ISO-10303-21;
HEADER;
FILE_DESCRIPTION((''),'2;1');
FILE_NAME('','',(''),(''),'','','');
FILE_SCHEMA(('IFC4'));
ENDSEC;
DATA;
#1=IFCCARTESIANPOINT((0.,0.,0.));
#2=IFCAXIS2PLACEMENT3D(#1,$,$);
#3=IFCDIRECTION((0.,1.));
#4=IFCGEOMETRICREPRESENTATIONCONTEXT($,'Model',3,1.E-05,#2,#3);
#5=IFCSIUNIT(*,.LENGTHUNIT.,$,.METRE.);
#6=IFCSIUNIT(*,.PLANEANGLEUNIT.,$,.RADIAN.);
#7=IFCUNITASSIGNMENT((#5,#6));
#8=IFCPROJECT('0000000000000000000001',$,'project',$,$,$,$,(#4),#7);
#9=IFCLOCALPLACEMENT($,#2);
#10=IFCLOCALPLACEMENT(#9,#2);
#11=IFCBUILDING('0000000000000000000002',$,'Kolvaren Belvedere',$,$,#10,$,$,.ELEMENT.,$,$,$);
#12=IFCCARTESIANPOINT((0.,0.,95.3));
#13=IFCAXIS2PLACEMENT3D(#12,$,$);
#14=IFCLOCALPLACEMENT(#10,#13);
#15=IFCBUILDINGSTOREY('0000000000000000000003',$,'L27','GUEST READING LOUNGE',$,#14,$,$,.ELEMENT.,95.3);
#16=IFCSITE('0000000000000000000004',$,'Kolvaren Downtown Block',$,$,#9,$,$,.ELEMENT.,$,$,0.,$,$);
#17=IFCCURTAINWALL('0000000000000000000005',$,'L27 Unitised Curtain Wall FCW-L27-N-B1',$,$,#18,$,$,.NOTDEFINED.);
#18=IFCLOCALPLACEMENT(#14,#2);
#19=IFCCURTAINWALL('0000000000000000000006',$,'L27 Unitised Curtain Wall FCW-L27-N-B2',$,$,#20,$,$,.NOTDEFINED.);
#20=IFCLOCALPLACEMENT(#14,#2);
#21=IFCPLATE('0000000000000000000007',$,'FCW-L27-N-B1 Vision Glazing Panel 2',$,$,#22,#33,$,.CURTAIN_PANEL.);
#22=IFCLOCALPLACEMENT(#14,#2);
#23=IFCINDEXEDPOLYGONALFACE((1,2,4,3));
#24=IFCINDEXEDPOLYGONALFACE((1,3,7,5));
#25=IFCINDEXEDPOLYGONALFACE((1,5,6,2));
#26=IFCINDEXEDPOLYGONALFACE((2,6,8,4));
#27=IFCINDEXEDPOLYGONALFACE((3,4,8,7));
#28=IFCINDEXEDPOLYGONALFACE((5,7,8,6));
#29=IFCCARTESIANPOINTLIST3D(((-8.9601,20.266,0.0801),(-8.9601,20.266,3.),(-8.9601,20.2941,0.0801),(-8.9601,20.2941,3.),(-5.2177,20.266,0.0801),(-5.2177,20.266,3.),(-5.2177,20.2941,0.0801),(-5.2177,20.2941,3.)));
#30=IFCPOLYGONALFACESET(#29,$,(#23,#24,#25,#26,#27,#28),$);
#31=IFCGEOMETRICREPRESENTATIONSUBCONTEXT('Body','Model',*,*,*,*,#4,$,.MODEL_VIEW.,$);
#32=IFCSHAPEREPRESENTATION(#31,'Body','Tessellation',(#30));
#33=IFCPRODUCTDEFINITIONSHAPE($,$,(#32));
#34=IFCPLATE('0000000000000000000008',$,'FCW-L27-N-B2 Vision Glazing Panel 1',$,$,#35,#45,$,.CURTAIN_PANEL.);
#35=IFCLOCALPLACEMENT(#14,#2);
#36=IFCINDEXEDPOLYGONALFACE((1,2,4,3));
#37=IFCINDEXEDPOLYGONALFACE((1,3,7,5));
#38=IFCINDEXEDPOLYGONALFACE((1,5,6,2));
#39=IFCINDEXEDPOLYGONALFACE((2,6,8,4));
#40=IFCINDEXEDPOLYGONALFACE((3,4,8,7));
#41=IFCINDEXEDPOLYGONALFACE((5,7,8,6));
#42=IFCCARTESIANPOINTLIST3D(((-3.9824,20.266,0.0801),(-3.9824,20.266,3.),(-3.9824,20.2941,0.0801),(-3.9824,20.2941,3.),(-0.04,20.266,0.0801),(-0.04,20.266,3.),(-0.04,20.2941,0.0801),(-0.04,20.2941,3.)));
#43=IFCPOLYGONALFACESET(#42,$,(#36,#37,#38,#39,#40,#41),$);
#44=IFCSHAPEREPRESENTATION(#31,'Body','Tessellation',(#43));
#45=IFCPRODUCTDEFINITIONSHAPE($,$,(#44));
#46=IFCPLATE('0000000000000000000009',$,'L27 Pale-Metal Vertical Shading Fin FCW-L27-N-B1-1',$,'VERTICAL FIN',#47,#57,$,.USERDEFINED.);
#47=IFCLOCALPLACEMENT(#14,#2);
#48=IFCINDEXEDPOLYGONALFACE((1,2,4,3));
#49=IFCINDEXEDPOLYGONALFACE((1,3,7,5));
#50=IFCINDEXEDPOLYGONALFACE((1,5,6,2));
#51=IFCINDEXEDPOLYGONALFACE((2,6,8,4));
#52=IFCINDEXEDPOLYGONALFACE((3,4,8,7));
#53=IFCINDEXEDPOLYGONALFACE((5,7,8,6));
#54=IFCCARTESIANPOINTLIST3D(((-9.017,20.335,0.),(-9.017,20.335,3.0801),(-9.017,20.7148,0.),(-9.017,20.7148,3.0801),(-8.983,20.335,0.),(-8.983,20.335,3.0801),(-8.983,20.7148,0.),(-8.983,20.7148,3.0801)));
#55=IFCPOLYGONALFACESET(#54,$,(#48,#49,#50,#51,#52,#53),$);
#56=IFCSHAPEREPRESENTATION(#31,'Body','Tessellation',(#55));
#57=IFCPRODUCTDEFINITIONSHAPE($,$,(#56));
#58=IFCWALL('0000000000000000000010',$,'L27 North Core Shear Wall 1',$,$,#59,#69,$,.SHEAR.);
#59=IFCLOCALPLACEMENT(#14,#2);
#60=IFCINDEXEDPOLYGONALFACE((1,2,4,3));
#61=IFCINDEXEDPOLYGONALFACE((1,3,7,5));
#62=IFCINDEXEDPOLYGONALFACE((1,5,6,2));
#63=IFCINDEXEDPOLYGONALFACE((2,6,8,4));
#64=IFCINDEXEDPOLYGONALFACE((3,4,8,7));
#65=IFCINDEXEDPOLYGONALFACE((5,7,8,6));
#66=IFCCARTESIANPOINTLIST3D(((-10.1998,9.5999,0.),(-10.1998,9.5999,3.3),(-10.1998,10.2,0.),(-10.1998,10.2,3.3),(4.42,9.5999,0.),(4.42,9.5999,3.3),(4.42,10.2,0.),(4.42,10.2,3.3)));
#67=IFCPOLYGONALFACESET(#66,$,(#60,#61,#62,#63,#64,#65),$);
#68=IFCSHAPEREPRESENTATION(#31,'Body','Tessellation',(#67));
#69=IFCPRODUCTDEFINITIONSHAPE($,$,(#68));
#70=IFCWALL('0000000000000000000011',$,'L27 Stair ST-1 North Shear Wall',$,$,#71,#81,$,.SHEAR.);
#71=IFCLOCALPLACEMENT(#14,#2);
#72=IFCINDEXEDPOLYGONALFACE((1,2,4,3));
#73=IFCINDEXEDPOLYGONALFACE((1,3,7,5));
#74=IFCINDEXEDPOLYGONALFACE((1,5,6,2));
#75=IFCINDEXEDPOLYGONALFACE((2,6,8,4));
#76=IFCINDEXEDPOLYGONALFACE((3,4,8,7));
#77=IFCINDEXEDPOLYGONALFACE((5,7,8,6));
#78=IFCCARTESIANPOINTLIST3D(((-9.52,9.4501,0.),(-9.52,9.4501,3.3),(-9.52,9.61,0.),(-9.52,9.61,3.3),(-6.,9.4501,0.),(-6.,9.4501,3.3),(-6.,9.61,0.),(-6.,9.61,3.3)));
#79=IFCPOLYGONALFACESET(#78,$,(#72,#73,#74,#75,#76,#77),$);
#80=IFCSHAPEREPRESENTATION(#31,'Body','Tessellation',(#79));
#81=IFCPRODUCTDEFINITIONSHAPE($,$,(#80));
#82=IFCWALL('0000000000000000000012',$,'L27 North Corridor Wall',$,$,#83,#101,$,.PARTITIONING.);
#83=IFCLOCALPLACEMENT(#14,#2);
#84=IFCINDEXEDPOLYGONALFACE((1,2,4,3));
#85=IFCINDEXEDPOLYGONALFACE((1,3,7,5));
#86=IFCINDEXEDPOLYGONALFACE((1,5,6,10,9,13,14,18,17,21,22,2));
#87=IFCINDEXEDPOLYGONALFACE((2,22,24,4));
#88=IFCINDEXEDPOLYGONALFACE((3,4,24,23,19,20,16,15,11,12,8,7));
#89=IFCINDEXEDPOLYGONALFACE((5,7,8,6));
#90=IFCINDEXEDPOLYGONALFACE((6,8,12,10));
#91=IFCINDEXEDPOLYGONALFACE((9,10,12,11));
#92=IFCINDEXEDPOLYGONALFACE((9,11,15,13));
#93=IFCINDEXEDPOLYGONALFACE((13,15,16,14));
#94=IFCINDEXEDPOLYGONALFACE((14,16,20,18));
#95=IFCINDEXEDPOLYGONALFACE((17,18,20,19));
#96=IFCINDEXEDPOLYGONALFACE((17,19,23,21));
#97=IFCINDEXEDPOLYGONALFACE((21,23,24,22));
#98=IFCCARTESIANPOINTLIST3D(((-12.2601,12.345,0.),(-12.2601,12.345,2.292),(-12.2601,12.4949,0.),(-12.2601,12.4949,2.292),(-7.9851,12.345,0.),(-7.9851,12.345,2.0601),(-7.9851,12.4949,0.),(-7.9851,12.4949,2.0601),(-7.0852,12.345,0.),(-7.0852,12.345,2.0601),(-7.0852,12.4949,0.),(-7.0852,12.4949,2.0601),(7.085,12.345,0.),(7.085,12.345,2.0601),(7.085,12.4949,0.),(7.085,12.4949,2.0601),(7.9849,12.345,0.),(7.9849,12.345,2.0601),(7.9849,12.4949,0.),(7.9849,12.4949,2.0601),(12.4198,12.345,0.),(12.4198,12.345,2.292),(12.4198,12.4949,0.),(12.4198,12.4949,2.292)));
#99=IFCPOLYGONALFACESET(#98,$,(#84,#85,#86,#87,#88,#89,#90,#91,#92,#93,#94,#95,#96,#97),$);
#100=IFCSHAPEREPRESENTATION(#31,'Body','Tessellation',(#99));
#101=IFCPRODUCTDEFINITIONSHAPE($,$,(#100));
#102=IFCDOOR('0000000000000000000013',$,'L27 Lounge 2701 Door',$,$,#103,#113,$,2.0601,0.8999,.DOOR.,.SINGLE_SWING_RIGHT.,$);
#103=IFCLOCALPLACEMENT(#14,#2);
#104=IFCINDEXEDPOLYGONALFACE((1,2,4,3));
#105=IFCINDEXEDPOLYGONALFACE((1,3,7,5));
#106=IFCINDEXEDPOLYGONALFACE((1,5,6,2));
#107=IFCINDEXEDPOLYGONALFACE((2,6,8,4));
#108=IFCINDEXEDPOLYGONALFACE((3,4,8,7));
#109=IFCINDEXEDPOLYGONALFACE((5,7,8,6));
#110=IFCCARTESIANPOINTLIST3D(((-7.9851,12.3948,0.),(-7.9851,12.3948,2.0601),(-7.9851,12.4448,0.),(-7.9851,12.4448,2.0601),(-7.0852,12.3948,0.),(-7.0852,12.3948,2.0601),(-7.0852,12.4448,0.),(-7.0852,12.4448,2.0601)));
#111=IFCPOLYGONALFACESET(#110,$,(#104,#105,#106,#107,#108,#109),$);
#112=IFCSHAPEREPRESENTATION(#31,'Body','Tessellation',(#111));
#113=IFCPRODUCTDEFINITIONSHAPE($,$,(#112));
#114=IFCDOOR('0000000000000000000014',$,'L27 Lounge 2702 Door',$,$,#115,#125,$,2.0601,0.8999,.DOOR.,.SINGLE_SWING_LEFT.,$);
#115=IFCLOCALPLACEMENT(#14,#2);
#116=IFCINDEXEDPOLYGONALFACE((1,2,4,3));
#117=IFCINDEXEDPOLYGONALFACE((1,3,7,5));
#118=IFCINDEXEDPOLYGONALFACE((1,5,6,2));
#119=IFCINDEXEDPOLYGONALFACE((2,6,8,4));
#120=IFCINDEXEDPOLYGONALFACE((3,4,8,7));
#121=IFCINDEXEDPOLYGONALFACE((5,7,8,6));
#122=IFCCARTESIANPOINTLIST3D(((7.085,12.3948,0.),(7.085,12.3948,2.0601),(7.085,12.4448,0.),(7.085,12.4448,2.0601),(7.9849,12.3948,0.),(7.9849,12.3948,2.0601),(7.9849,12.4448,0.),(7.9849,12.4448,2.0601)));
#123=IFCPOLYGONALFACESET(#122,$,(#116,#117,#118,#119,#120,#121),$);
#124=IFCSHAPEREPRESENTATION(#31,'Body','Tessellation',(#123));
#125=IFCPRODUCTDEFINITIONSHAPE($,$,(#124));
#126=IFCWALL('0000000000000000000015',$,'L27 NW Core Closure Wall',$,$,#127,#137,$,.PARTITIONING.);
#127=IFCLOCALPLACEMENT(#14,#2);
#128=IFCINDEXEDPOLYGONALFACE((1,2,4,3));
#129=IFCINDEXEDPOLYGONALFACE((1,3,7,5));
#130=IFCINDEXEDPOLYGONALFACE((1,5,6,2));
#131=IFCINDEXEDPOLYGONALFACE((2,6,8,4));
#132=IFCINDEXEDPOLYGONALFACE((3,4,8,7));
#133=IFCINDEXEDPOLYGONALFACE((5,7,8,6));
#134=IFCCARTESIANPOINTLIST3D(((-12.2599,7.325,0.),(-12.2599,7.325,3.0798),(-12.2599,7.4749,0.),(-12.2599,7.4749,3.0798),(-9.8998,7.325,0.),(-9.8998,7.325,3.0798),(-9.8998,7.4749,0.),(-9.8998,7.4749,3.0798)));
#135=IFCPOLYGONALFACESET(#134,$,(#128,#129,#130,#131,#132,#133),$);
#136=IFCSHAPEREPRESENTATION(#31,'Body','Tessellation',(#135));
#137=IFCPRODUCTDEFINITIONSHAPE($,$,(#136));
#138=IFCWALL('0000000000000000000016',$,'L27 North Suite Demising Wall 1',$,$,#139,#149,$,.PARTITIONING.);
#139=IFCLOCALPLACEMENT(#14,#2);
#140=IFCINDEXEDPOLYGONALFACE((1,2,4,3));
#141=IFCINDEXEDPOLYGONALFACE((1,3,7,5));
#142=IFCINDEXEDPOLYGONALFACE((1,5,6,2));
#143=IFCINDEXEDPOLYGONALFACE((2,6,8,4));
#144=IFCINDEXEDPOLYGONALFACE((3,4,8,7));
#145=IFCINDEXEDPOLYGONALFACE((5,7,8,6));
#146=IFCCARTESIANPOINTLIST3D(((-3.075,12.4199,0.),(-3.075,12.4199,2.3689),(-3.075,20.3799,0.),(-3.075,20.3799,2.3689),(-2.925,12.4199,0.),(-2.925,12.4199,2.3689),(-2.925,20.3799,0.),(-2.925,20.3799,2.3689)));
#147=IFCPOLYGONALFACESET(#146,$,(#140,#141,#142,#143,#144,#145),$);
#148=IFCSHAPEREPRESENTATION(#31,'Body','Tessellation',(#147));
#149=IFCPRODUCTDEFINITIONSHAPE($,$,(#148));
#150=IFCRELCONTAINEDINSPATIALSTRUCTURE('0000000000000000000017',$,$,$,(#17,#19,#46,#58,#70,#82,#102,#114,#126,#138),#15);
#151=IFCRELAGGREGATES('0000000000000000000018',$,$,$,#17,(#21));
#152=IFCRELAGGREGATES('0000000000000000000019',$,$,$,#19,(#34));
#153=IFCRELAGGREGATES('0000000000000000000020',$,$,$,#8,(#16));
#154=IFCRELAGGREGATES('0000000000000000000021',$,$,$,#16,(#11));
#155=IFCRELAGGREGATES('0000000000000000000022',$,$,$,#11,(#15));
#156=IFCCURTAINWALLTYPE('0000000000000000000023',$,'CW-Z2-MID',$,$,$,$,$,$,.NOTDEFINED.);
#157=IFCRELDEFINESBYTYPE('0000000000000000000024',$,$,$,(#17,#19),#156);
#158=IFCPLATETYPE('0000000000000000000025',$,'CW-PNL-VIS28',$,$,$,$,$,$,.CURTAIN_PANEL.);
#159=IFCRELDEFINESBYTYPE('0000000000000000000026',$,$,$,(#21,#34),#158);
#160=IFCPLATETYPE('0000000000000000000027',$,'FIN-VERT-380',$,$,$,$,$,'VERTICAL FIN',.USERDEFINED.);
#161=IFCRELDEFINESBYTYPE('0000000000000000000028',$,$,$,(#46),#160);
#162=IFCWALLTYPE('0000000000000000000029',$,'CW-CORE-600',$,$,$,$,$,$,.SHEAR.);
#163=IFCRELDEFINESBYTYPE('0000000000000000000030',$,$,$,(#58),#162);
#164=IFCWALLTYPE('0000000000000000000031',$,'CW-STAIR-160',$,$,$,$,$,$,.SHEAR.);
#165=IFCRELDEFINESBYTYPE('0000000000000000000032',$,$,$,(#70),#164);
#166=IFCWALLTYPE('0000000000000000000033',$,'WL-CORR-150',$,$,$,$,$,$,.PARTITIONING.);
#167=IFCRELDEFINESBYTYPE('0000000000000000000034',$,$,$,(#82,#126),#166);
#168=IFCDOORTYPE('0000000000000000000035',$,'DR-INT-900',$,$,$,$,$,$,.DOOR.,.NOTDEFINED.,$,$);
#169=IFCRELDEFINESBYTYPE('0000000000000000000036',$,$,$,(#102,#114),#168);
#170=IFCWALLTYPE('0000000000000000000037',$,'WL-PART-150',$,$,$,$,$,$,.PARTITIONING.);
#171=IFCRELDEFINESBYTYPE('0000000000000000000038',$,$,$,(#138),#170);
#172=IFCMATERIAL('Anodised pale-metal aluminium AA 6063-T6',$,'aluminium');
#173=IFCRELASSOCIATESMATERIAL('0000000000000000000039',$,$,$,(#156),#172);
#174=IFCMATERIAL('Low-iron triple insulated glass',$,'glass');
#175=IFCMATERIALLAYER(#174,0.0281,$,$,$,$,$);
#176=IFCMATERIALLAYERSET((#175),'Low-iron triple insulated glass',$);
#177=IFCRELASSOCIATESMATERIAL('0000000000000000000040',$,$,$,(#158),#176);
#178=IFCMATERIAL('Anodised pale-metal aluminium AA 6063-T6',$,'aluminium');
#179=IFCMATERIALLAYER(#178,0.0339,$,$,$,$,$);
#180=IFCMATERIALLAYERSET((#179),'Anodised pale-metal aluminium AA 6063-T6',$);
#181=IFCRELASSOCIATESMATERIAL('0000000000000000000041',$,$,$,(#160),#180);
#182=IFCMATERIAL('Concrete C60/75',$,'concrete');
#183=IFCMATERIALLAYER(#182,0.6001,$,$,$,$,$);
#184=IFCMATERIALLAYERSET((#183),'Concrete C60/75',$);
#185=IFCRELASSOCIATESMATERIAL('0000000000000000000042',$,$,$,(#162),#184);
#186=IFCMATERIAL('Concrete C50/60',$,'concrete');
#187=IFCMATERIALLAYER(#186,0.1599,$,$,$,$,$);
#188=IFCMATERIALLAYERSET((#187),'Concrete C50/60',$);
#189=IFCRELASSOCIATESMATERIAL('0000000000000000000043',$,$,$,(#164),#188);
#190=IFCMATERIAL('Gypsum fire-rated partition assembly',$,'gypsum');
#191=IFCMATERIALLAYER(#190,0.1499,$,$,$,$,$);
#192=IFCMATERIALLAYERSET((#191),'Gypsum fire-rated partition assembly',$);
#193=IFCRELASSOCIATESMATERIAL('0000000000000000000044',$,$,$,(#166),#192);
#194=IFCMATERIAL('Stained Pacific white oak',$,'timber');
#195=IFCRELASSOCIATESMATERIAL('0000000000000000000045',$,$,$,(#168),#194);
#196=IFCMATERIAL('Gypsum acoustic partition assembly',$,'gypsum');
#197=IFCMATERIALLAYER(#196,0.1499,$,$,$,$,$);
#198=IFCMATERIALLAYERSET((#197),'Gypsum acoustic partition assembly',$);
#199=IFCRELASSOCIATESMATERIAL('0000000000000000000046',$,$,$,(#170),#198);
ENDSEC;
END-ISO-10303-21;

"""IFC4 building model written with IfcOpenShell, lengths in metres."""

from ifc_helpers import new_model, si_unit, direction, frame, frame_2d, origin, origin_2d, place, context, subcontext, project, spatial, rectangle, extrude, material, layer, layer_set, type_object, element, fill, aggregate, save


model = new_model("IFC4")

# Units and contexts
model_context = context("Model", 3, precision=1e-05, world=origin(), true_north=direction((0.0, 1.0)))
body_context = subcontext(model_context, "Body", "Model", "MODEL_VIEW")
ifc_project = project(units=[si_unit("LENGTHUNIT", "METRE"), si_unit("PLANEANGLEUNIT", "RADIAN")], contexts=[model_context])

# Site, building, storey
site_placement = place(None, origin())
site = spatial("IfcSite", under=ifc_project, at=site_placement, Name="Kolvaren Downtown Block", CompositionType="ELEMENT", RefElevation=0.0)
building_placement = place(site_placement, origin())
building = spatial("IfcBuilding", under=site, at=building_placement, Name="Kolvaren Belvedere", CompositionType="ELEMENT")
storey_placement = place(building_placement, frame((0.0, 0.0, 95.3)))
storey = spatial("IfcBuildingStorey", under=building, at=storey_placement, Name="L27", Description="GUEST READING LOUNGE", CompositionType="ELEMENT", Elevation=95.3)

# Curtain wall
ifc_material_1 = material(Name="Anodised pale-metal aluminium AA 6063-T6", Category="aluminium")
curtain_wall_type = type_object("IfcCurtainWallType", Name="CW-Z2-MID", PredefinedType="NOTDEFINED", material=ifc_material_1)
curtain_wall_1_placement = place(storey_placement, origin())
curtain_wall_1 = element("IfcCurtainWall", 1, at=curtain_wall_1_placement, inside=storey, type_object=curtain_wall_type, Name="L27 Unitised Curtain Wall FCW-L27-N-B1", PredefinedType="NOTDEFINED")

# Curtain wall
curtain_wall_2_placement = place(storey_placement, origin())
curtain_wall_2 = element("IfcCurtainWall", 2, at=curtain_wall_2_placement, inside=storey, type_object=curtain_wall_type, Name="L27 Unitised Curtain Wall FCW-L27-N-B2", PredefinedType="NOTDEFINED")

# Plates
ifc_material_2 = material(Name="Low-iron triple insulated glass", Category="glass")
ifc_layer_1 = layer(ifc_material_2, 0.0281)
ifc_layer_set_1 = layer_set([ifc_layer_1], Name="Low-iron triple insulated glass")
plate_type_1 = type_object("IfcPlateType", Name="CW-PNL-VIS28", PredefinedType="CURTAIN_PANEL", material=ifc_layer_set_1)
plate_1_placement = place(storey_placement, frame((-7.0889, 20.28, 0.0801), z_axis=(0.0, 0.0, 1.0), x_axis=(1.0, 0.0, 0.0)))
plate_1 = element("IfcPlate", 3, at=plate_1_placement, type_object=plate_type_1, Name="FCW-L27-N-B1 Vision Glazing Panel 2", PredefinedType="CURTAIN_PANEL", context=body_context, shape_type="SweptSolid", body=[
    extrude(rectangle(XDim=3.7424, YDim=0.0281, at=origin_2d()), origin(), (0.0, 0.0, 1.0), 2.9199),
])
aggregate(curtain_wall_1, [plate_1])
plate_2_placement = place(storey_placement, frame((-2.0112, 20.28, 0.0801), z_axis=(0.0, 0.0, 1.0), x_axis=(1.0, 0.0, 0.0)))
plate_2 = element("IfcPlate", 4, at=plate_2_placement, type_object=plate_type_1, Name="FCW-L27-N-B2 Vision Glazing Panel 1", PredefinedType="CURTAIN_PANEL", context=body_context, shape_type="SweptSolid", body=[
    extrude(rectangle(XDim=3.9424, YDim=0.0281, at=origin_2d()), origin(), (0.0, 0.0, 1.0), 2.9199),
])
aggregate(curtain_wall_2, [plate_2])
ifc_material_3 = material(Name="Anodised pale-metal aluminium AA 6063-T6", Category="aluminium")
ifc_layer_2 = layer(ifc_material_3, 0.0339)
ifc_layer_set_2 = layer_set([ifc_layer_2], Name="Anodised pale-metal aluminium AA 6063-T6")
plate_type_2 = type_object("IfcPlateType", Name="FIN-VERT-380", ElementType="VERTICAL FIN", PredefinedType="USERDEFINED", material=ifc_layer_set_2)
plate_3_placement = place(storey_placement, frame((-9.0, 20.5249, 0.0), z_axis=(0.0, 0.0, 1.0), x_axis=(0.0, 1.0, 0.0)))
element("IfcPlate", 5, at=plate_3_placement, inside=storey, type_object=plate_type_2, Name="L27 Pale-Metal Vertical Shading Fin FCW-L27-N-B1-1", ObjectType="VERTICAL FIN", PredefinedType="USERDEFINED", context=body_context, shape_type="SweptSolid", body=[
    extrude(rectangle(XDim=0.3799, YDim=0.0339, at=origin_2d()), origin(), (0.0, 0.0, 1.0), 3.0801),
])

# Walls
ifc_material_4 = material(Name="Concrete C60/75", Category="concrete")
ifc_layer_3 = layer(ifc_material_4, 0.6001)
ifc_layer_set_3 = layer_set([ifc_layer_3], Name="Concrete C60/75")
wall_type_1 = type_object("IfcWallType", Name="CW-CORE-600", PredefinedType="SHEAR", material=ifc_layer_set_3)
wall_1_placement = place(storey_placement, frame((-10.2, 9.8999, 0.0), z_axis=(0.0, 0.0, 1.0), x_axis=(1.0, 0.0, 0.0)))
element("IfcWall", 6, at=wall_1_placement, inside=storey, type_object=wall_type_1, Name="L27 North Core Shear Wall 1", PredefinedType="SHEAR", context=body_context, shape_type="SweptSolid", body=[
    extrude(rectangle(XDim=14.6199, YDim=0.6001, at=frame_2d((7.3101, 0.0))), origin(), (0.0, 0.0, 1.0), 3.3),
])
ifc_material_5 = material(Name="Concrete C50/60", Category="concrete")
ifc_layer_4 = layer(ifc_material_5, 0.1599)
ifc_layer_set_4 = layer_set([ifc_layer_4], Name="Concrete C50/60")
wall_type_2 = type_object("IfcWallType", Name="CW-STAIR-160", PredefinedType="SHEAR", material=ifc_layer_set_4)
wall_2_placement = place(storey_placement, frame((-9.52, 9.53, 0.0), z_axis=(0.0, 0.0, 1.0), x_axis=(1.0, 0.0, 0.0)))
element("IfcWall", 7, at=wall_2_placement, inside=storey, type_object=wall_type_2, Name="L27 Stair ST-1 North Shear Wall", PredefinedType="SHEAR", context=body_context, shape_type="SweptSolid", body=[
    extrude(rectangle(XDim=3.52, YDim=0.1599, at=frame_2d((1.76, 0.0))), origin(), (0.0, 0.0, 1.0), 3.3),
])

# Wall, openings, doors
ifc_material_6 = material(Name="Gypsum fire-rated partition assembly", Category="gypsum")
ifc_layer_5 = layer(ifc_material_6, 0.1499)
ifc_layer_set_5 = layer_set([ifc_layer_5], Name="Gypsum fire-rated partition assembly")
wall_type_3 = type_object("IfcWallType", Name="WL-CORR-150", PredefinedType="PARTITIONING", material=ifc_layer_set_5)
wall_3_placement = place(storey_placement, frame((-12.26, 12.4199, 0.0), z_axis=(0.0, 0.0, 1.0), x_axis=(1.0, 0.0, 0.0)))
wall_3 = element("IfcWall", 8, at=wall_3_placement, inside=storey, type_object=wall_type_3, Name="L27 North Corridor Wall", PredefinedType="PARTITIONING", context=body_context, shape_type="SweptSolid", body=[
    extrude(rectangle(XDim=24.6799, YDim=0.1499, at=frame_2d((12.3398, 0.0))), origin(), (0.0, 0.0, 1.0), 2.292),
])
opening_1_placement = place(wall_3_placement, frame((4.2749, 0.0, 0.0)))
opening_1 = element("IfcOpeningElement", 9, at=opening_1_placement, cuts=wall_3, PredefinedType="OPENING", context=body_context, shape_type="SweptSolid", body=[
    extrude(rectangle(XDim=0.8999, YDim=2.0601, at=frame_2d((0.45, 1.03))), frame((0.0, 0.085, 0.0), z_axis=(0.0, -1.0, 0.0), x_axis=(1.0, 0.0, 0.0)), (0.0, 0.0, 1.0), 0.1699),
])
opening_2_placement = place(wall_3_placement, frame((19.345, 0.0, 0.0)))
opening_2 = element("IfcOpeningElement", 10, at=opening_2_placement, cuts=wall_3, PredefinedType="OPENING", context=body_context, shape_type="SweptSolid", body=[
    extrude(rectangle(XDim=0.8999, YDim=2.0601, at=frame_2d((0.45, 1.03))), frame((0.0, 0.085, 0.0), z_axis=(0.0, -1.0, 0.0), x_axis=(1.0, 0.0, 0.0)), (0.0, 0.0, 1.0), 0.1699),
])
ifc_material_7 = material(Name="Stained Pacific white oak", Category="timber")
door_type = type_object("IfcDoorType", Name="DR-INT-900", OperationType="NOTDEFINED", PredefinedType="DOOR", material=ifc_material_7)
door_1_placement = place(opening_1_placement, origin())
door_1 = element("IfcDoor", 11, at=door_1_placement, inside=storey, type_object=door_type, Name="L27 Lounge 2701 Door", OperationType="SINGLE_SWING_RIGHT", OverallHeight=2.0601, OverallWidth=0.8999, PredefinedType="DOOR", context=body_context, shape_type="SweptSolid", body=[
    extrude(rectangle(XDim=0.8999, YDim=2.0601, at=frame_2d((0.45, 1.03))), frame((0.0, 0.0249, 0.0), z_axis=(0.0, -1.0, 0.0), x_axis=(1.0, 0.0, 0.0)), (0.0, 0.0, 1.0), 0.05),
])
fill(opening_1, door_1)
door_2_placement = place(opening_2_placement, origin())
door_2 = element("IfcDoor", 12, at=door_2_placement, inside=storey, type_object=door_type, Name="L27 Lounge 2702 Door", OperationType="SINGLE_SWING_LEFT", OverallHeight=2.0601, OverallWidth=0.8999, PredefinedType="DOOR", context=body_context, shape_type="SweptSolid", body=[
    extrude(rectangle(XDim=0.8999, YDim=2.0601, at=frame_2d((0.45, 1.03))), frame((0.0, 0.0249, 0.0), z_axis=(0.0, -1.0, 0.0), x_axis=(1.0, 0.0, 0.0)), (0.0, 0.0, 1.0), 0.05),
])
fill(opening_2, door_2)

# Walls
wall_4_placement = place(storey_placement, frame((-12.26, 7.3999, 0.0), z_axis=(0.0, 0.0, 1.0), x_axis=(1.0, 0.0, 0.0)))
element("IfcWall", 13, at=wall_4_placement, inside=storey, type_object=wall_type_3, Name="L27 NW Core Closure Wall", PredefinedType="PARTITIONING", context=body_context, shape_type="SweptSolid", body=[
    extrude(rectangle(XDim=2.3601, YDim=0.1499, at=frame_2d((1.1802, 0.0))), origin(), (0.0, 0.0, 1.0), 3.0798),
])
ifc_material_8 = material(Name="Gypsum acoustic partition assembly", Category="gypsum")
ifc_layer_6 = layer(ifc_material_8, 0.1499)
ifc_layer_set_6 = layer_set([ifc_layer_6], Name="Gypsum acoustic partition assembly")
wall_type_4 = type_object("IfcWallType", Name="WL-PART-150", PredefinedType="PARTITIONING", material=ifc_layer_set_6)
wall_5_placement = place(storey_placement, frame((-3.0, 12.4199, 0.0), z_axis=(0.0, 0.0, 1.0), x_axis=(0.0, 1.0, 0.0)))
element("IfcWall", 14, at=wall_5_placement, inside=storey, type_object=wall_type_4, Name="L27 North Suite Demising Wall 1", PredefinedType="PARTITIONING", context=body_context, shape_type="SweptSolid", body=[
    extrude(rectangle(XDim=7.96, YDim=0.1499, at=frame_2d((3.98, 0.0))), origin(), (0.0, 0.0, 1.0), 2.3689),
])

save(model, "model.ifc")
